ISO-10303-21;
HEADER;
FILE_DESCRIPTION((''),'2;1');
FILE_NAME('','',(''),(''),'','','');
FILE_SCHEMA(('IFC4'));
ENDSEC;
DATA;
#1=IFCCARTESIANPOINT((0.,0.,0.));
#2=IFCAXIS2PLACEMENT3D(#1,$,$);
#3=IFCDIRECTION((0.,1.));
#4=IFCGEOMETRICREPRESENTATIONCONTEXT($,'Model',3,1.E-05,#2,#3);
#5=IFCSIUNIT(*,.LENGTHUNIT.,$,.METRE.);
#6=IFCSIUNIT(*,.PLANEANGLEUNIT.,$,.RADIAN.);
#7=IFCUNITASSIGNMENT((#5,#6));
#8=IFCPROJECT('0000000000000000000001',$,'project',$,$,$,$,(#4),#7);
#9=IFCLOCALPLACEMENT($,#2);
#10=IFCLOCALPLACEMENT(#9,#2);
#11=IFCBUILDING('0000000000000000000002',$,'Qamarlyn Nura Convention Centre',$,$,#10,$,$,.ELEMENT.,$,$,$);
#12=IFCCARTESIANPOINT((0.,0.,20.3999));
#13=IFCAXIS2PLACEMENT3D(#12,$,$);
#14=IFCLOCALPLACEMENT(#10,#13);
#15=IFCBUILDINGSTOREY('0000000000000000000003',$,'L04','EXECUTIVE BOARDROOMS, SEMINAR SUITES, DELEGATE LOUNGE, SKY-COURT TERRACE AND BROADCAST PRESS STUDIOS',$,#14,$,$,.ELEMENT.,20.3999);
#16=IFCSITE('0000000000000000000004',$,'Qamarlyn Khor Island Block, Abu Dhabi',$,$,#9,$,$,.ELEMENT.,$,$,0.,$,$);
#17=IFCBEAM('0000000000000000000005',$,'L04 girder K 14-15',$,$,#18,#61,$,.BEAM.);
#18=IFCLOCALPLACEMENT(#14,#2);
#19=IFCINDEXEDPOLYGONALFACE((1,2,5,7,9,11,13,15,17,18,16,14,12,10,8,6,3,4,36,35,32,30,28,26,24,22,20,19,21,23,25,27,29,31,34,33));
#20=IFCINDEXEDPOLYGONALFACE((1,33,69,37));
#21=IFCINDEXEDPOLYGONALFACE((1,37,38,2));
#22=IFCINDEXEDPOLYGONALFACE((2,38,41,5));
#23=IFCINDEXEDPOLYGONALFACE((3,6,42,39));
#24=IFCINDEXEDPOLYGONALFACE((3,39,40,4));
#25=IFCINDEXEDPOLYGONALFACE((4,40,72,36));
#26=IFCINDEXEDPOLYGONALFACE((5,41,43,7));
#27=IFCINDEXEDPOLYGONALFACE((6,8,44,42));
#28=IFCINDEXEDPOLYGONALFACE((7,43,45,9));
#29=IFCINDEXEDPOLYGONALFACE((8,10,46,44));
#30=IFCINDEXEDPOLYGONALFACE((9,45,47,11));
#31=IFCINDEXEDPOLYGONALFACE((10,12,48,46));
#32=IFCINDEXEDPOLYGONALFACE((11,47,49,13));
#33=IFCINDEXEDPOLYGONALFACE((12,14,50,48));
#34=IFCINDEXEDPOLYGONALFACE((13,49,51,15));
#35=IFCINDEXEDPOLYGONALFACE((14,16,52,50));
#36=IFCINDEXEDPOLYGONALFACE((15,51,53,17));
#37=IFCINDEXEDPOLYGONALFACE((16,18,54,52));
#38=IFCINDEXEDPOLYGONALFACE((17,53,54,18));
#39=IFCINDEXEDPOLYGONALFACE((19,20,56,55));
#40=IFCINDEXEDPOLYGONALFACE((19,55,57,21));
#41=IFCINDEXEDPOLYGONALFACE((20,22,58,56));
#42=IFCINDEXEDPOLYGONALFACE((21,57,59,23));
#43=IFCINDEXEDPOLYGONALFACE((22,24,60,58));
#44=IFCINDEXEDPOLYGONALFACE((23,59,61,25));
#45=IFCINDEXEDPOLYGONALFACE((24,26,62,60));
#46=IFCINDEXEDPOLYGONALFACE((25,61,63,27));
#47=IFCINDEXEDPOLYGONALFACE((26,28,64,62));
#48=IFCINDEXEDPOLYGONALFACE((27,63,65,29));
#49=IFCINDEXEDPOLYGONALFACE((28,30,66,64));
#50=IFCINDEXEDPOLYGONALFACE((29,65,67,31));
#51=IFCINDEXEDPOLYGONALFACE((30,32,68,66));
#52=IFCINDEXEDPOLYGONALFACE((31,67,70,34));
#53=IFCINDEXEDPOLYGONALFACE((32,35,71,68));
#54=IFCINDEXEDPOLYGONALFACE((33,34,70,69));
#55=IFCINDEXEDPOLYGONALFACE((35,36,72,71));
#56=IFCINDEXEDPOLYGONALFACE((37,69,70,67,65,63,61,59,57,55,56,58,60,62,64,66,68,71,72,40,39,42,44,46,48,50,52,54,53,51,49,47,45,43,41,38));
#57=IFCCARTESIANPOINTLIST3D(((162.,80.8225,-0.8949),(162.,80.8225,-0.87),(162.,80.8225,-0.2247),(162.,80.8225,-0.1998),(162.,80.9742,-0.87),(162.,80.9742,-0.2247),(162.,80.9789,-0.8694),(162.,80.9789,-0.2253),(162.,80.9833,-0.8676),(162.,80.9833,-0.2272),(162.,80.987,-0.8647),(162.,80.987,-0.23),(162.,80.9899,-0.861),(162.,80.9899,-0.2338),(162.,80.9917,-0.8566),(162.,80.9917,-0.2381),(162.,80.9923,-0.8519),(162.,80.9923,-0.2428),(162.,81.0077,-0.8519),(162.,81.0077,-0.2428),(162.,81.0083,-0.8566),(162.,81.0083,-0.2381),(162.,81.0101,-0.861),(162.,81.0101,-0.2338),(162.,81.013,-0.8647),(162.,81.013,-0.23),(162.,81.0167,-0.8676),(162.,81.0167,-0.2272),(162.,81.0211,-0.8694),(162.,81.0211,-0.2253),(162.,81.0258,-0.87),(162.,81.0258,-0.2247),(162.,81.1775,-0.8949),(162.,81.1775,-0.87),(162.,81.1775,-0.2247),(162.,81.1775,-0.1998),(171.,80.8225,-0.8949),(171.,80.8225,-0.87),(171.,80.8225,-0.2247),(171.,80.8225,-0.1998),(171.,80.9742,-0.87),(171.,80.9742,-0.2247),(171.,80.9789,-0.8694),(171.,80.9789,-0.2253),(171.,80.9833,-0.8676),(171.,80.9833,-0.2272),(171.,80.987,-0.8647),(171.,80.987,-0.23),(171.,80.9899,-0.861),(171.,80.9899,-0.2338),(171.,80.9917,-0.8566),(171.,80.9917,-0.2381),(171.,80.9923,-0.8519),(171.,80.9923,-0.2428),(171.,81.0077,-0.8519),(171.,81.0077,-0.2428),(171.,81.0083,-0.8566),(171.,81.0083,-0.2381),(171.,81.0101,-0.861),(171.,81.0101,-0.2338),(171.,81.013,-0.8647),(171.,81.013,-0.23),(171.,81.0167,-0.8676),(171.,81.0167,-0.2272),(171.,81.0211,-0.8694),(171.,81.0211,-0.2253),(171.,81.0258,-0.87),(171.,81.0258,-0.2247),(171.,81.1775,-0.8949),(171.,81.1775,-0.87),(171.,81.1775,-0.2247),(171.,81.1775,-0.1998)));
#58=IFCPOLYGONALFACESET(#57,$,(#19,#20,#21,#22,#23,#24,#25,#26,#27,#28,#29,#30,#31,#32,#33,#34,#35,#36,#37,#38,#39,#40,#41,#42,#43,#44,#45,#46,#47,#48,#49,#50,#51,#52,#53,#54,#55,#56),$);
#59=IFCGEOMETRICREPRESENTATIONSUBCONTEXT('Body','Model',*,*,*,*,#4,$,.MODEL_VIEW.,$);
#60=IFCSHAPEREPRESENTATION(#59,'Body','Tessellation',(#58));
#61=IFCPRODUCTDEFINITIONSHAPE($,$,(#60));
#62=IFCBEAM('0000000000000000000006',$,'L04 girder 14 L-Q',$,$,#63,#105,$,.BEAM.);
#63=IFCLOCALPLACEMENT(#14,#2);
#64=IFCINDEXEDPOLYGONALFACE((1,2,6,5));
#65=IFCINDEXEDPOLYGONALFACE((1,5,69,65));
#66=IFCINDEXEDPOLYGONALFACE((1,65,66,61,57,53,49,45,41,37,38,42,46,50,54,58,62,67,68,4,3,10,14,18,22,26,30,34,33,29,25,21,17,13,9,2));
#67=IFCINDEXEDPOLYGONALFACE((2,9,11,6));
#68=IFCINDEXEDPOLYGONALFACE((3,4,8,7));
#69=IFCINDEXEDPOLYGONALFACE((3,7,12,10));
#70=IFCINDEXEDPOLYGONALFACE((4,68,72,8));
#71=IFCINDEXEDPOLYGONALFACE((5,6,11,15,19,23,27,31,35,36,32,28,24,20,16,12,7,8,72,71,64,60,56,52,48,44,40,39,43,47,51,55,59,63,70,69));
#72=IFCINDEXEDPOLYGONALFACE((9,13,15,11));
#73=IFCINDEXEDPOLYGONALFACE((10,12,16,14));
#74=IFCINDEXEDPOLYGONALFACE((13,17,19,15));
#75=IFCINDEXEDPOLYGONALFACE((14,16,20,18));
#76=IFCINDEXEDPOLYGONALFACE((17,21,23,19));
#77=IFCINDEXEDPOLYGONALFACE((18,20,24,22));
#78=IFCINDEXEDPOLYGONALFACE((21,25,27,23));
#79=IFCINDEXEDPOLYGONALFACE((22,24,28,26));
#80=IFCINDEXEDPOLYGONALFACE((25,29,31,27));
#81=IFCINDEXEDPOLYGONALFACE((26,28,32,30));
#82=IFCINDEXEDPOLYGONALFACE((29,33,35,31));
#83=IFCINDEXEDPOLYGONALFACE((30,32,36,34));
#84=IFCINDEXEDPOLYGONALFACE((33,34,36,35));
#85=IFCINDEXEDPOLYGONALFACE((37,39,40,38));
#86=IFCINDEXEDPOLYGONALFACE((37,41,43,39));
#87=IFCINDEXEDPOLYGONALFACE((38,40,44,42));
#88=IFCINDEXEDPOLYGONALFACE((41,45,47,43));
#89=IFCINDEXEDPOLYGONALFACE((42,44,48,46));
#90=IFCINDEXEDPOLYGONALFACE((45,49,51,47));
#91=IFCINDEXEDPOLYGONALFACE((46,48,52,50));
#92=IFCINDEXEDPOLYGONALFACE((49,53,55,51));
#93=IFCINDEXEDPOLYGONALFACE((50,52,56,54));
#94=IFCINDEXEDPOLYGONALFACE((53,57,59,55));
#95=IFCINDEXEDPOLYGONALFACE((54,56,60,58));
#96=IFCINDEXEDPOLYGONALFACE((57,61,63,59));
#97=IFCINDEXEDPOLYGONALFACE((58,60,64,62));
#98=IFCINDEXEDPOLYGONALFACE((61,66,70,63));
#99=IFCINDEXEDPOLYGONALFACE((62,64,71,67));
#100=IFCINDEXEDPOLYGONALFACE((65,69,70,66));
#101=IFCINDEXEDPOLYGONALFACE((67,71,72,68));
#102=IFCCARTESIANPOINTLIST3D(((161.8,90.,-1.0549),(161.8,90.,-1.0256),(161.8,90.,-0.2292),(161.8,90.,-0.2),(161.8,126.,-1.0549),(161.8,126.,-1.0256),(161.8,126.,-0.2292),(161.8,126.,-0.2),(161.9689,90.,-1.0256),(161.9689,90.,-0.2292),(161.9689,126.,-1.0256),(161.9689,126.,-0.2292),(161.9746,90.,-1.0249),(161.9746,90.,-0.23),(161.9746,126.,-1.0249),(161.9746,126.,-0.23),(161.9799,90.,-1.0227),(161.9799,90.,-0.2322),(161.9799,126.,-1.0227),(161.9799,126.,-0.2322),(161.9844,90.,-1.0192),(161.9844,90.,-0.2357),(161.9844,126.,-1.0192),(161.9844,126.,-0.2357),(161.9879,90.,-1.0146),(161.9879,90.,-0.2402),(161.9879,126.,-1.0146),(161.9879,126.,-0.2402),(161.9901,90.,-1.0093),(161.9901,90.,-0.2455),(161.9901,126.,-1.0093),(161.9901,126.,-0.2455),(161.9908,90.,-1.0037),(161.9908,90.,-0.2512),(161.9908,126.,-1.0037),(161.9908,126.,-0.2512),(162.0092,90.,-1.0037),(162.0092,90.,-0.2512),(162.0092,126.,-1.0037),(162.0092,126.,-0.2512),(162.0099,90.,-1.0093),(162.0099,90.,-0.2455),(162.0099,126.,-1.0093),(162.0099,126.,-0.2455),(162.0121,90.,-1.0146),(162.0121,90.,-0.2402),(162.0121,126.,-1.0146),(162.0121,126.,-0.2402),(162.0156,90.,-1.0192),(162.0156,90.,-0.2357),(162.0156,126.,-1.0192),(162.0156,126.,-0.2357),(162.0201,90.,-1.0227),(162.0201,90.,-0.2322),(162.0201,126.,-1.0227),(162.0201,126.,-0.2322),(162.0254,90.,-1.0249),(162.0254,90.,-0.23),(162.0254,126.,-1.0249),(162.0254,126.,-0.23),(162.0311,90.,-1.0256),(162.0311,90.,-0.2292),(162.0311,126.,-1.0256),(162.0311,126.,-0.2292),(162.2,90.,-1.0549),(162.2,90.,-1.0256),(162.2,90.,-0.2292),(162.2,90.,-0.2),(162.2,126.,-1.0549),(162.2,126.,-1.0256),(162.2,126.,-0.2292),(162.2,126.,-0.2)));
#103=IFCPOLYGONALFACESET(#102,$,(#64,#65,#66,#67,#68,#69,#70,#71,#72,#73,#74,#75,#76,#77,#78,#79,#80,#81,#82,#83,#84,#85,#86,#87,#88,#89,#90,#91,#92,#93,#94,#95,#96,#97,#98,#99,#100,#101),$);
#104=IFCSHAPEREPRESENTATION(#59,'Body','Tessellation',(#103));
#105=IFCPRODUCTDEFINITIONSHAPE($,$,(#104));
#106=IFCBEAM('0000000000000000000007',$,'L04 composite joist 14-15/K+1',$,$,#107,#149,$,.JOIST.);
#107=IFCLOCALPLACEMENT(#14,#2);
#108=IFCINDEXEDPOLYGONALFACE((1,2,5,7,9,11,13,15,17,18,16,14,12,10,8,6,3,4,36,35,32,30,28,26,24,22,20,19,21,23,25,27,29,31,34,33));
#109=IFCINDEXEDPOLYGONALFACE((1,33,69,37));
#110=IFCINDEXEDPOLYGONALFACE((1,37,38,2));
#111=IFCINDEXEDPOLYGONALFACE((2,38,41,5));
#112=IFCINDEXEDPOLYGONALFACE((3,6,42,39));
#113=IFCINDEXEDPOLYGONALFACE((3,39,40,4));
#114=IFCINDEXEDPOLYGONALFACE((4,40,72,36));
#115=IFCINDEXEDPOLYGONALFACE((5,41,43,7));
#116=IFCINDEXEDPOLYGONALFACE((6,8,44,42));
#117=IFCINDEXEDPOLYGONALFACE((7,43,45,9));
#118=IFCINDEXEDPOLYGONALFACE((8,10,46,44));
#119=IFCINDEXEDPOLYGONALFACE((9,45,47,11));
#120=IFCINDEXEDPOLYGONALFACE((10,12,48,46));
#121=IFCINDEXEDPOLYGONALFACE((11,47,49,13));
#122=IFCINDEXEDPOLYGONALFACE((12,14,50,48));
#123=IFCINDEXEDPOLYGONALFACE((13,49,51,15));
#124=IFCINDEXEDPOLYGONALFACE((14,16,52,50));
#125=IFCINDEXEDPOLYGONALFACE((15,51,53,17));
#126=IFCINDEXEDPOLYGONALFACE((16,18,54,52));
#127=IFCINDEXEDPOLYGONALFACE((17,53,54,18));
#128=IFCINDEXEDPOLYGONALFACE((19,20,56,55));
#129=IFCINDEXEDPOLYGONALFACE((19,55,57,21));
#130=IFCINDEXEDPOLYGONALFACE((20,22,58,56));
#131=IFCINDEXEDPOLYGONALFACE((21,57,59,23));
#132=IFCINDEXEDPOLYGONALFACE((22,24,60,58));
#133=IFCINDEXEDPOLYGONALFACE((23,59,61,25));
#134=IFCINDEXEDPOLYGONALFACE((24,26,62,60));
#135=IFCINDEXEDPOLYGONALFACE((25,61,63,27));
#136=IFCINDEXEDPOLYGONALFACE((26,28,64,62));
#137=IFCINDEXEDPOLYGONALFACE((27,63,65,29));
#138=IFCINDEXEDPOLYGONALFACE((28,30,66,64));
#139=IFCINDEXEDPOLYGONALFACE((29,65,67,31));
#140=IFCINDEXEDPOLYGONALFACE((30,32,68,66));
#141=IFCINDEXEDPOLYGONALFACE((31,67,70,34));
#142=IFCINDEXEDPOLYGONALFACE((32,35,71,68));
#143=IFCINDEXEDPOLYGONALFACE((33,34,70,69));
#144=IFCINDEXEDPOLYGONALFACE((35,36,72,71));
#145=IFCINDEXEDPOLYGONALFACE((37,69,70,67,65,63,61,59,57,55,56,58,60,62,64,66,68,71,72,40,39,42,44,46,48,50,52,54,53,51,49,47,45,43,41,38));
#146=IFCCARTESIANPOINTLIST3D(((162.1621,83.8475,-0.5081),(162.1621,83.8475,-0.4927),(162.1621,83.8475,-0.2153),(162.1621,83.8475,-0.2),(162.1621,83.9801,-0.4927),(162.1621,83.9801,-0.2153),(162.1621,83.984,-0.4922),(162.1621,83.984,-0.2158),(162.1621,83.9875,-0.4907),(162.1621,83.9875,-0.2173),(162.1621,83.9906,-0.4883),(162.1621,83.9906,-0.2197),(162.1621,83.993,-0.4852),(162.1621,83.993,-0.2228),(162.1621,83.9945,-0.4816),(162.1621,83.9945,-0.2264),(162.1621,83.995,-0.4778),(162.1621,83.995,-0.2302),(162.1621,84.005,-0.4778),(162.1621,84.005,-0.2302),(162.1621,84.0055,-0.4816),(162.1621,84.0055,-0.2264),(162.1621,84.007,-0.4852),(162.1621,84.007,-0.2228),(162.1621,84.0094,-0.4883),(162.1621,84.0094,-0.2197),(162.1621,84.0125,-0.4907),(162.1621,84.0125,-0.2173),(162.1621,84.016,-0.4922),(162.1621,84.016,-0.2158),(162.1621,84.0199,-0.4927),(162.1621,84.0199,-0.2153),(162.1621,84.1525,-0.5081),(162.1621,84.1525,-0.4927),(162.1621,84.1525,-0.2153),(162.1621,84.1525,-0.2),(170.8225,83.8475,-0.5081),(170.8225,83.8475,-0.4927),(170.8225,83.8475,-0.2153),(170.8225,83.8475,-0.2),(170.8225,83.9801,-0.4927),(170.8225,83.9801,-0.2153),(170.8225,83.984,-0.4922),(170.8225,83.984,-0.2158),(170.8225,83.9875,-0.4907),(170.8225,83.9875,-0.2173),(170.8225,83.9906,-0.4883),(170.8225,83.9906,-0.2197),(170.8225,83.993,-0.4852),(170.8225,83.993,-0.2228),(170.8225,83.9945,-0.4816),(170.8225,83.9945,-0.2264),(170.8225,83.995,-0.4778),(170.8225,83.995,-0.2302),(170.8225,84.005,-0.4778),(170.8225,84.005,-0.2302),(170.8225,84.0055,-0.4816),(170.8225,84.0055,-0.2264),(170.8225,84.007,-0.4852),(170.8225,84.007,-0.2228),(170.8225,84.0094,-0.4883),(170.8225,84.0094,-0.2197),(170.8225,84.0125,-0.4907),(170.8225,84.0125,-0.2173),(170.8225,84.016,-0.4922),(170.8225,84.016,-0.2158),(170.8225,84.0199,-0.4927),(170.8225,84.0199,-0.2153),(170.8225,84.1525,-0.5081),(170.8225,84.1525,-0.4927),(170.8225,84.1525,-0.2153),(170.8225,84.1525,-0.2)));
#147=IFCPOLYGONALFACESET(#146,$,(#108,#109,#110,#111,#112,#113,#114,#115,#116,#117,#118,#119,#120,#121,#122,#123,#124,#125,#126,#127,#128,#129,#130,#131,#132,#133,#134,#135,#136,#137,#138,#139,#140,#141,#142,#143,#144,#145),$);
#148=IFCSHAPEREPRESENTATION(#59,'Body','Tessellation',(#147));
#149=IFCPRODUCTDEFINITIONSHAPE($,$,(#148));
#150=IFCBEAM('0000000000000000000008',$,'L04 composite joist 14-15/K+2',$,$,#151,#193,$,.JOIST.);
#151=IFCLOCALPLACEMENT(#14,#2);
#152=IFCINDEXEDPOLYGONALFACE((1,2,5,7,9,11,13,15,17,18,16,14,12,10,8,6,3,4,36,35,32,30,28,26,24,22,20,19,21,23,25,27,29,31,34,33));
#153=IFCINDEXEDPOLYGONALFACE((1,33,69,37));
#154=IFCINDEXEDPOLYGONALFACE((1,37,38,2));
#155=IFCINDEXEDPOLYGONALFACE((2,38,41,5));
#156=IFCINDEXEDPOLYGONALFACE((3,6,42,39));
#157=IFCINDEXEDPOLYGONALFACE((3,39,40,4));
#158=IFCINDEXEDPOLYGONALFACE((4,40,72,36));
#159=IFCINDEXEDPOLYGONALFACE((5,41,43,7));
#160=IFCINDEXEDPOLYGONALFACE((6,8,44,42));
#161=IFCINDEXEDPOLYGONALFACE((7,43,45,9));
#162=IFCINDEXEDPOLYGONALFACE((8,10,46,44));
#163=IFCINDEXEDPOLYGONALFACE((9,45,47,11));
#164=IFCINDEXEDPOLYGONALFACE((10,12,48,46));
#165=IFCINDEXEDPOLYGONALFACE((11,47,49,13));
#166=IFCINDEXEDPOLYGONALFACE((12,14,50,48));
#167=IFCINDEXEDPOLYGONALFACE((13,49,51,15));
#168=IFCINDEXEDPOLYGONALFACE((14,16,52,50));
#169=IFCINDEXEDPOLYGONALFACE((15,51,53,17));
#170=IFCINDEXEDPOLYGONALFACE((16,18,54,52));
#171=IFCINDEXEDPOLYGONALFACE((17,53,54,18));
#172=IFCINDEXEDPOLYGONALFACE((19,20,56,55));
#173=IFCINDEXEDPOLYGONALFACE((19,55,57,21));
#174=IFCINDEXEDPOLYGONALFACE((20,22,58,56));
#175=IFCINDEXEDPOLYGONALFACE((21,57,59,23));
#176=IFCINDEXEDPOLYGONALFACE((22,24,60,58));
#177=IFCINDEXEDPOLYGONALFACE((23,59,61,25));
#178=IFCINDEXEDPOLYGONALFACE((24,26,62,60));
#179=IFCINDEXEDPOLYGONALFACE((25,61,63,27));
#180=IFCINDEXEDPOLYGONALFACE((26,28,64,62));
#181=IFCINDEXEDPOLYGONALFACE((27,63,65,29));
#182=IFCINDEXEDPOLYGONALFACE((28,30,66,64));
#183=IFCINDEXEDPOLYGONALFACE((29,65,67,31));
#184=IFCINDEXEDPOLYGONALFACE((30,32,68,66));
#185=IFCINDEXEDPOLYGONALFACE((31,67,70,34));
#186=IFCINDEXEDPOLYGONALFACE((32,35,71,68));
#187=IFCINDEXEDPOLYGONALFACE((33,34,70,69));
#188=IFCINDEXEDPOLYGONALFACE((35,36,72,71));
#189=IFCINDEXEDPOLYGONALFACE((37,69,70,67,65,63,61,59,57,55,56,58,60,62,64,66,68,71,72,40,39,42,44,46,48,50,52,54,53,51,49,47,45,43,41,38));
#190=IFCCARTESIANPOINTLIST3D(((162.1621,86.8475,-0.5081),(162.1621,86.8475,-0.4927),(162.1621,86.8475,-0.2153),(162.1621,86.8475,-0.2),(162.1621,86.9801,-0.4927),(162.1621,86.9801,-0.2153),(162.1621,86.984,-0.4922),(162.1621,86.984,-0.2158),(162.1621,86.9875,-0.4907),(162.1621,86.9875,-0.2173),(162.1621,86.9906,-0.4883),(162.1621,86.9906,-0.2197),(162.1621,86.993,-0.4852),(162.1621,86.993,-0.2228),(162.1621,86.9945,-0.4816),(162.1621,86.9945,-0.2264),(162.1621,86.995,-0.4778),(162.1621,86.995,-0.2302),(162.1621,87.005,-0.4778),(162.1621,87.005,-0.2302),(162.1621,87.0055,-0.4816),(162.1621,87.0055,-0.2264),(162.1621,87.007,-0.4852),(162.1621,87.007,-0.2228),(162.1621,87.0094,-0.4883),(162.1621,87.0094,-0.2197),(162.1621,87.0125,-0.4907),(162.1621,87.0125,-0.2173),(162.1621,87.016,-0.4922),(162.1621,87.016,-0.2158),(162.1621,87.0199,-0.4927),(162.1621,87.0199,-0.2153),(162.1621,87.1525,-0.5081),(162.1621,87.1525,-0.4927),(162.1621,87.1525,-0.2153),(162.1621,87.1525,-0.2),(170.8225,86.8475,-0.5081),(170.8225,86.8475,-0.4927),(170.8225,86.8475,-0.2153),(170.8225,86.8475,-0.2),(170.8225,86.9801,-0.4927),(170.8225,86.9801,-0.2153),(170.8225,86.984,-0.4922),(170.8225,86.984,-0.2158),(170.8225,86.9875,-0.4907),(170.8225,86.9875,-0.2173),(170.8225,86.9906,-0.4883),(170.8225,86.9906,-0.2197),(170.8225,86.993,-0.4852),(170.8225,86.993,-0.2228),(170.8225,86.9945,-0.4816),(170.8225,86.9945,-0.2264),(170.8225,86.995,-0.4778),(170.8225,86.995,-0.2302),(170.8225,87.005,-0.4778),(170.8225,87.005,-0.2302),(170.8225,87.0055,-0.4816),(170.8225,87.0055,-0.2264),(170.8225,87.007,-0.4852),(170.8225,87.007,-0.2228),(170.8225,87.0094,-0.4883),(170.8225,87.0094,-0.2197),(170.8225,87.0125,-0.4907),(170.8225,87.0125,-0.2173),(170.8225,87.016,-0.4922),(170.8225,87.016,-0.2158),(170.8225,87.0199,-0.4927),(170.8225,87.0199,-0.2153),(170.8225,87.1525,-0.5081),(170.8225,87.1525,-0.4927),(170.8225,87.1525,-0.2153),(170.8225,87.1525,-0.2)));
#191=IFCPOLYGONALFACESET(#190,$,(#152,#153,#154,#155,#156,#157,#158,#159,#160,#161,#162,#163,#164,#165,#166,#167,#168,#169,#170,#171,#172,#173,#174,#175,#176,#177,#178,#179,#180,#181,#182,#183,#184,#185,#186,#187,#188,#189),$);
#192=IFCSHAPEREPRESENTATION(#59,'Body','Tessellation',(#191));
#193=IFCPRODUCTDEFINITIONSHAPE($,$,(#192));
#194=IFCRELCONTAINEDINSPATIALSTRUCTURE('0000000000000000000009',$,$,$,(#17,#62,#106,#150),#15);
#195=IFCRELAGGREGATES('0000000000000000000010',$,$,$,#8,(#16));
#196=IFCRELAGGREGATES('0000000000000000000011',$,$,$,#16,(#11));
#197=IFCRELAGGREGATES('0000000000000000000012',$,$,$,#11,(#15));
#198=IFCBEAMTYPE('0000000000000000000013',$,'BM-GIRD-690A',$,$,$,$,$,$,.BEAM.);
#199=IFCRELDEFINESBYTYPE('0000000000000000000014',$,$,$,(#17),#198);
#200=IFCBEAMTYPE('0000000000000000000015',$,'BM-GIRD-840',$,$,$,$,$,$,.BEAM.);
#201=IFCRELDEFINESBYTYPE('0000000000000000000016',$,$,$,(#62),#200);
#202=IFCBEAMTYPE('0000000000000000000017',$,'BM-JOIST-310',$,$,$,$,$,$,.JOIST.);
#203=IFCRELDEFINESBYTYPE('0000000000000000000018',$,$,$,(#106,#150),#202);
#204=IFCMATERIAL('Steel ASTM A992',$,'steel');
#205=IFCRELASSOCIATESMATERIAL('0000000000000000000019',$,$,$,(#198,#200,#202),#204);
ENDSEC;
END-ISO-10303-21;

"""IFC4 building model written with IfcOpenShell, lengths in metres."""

from ifc_helpers import new_model, si_unit, direction, frame, origin, origin_2d, place, context, subcontext, project, spatial, i_section, extrude, material, material_profile, profile_set, type_object, element, save


model = new_model("IFC4")

# Units and contexts
model_context = context("Model", 3, precision=1e-05, world=origin(), true_north=direction((0.0, 1.0)))
body_context = subcontext(model_context, "Body", "Model", "MODEL_VIEW")
ifc_project = project(units=[si_unit("LENGTHUNIT", "METRE"), si_unit("PLANEANGLEUNIT", "RADIAN")], contexts=[model_context])

# Site, building, storey
site_placement = place(None, origin())
site = spatial("IfcSite", under=ifc_project, at=site_placement, Name="Qamarlyn Khor Island Block, Abu Dhabi", CompositionType="ELEMENT", RefElevation=0.0)
building_placement = place(site_placement, origin())
building = spatial("IfcBuilding", under=site, at=building_placement, Name="Qamarlyn Nura Convention Centre", CompositionType="ELEMENT")
storey_placement = place(building_placement, frame((0.0, 0.0, 20.3999)))
storey = spatial("IfcBuildingStorey", under=building, at=storey_placement, Name="L04", Description="EXECUTIVE BOARDROOMS, SEMINAR SUITES, DELEGATE LOUNGE, SKY-COURT TERRACE AND BROADCAST PRESS STUDIOS", CompositionType="ELEMENT", Elevation=20.3999)

# Shared definitions
ifc_material_1 = material(Name="Steel ASTM A992", Category="steel")

# Beams
ifc_material_profile_1 = material_profile(ifc_material_1, i_section(OverallWidth=0.355, OverallDepth=0.6951, WebThickness=0.0154, FlangeThickness=0.0249, FilletRadius=0.0181, at=origin_2d()), Name="W690X217")
ifc_profile_set_1 = profile_set([ifc_material_profile_1], Name="Steel ASTM A992")
beam_type_1 = type_object("IfcBeamType", Name="BM-GIRD-690A", PredefinedType="BEAM", material=ifc_profile_set_1)
beam_1_placement = place(storey_placement, frame((162.0, 81.0, -0.5474), z_axis=(1.0, 0.0, 0.0), x_axis=(0.0, 1.0, 0.0)))
element("IfcBeam", 1, at=beam_1_placement, inside=storey, type_object=beam_type_1, Name="L04 girder K 14-15", PredefinedType="BEAM", context=body_context, shape_type="SweptSolid", body=[
    extrude(i_section(OverallWidth=0.355, OverallDepth=0.6951, WebThickness=0.0154, FlangeThickness=0.0249, FilletRadius=0.0181, at=origin_2d()), origin(), (0.0, 0.0, 1.0), 9.0),
])
ifc_material_profile_2 = material_profile(ifc_material_1, i_section(OverallWidth=0.3999, OverallDepth=0.855, WebThickness=0.0183, FlangeThickness=0.0293, FilletRadius=0.022, at=origin_2d()), Name="W840X299")
ifc_profile_set_2 = profile_set([ifc_material_profile_2], Name="Steel ASTM A992")
beam_type_2 = type_object("IfcBeamType", Name="BM-GIRD-840", PredefinedType="BEAM", material=ifc_profile_set_2)
beam_2_placement = place(storey_placement, frame((162.0, 90.0, -0.6274), z_axis=(0.0, 1.0, 0.0), x_axis=(-1.0, 0.0, 0.0)))
element("IfcBeam", 2, at=beam_2_placement, inside=storey, type_object=beam_type_2, Name="L04 girder 14 L-Q", PredefinedType="BEAM", context=body_context, shape_type="SweptSolid", body=[
    extrude(i_section(OverallWidth=0.3999, OverallDepth=0.855, WebThickness=0.0183, FlangeThickness=0.0293, FilletRadius=0.022, at=origin_2d()), origin(), (0.0, 0.0, 1.0), 36.0),
])
ifc_material_profile_3 = material_profile(ifc_material_1, i_section(OverallWidth=0.3049, OverallDepth=0.3081, WebThickness=0.01, FlangeThickness=0.0154, FilletRadius=0.0149, at=origin_2d()), Name="W310X97")
ifc_profile_set_3 = profile_set([ifc_material_profile_3], Name="Steel ASTM A992")
beam_type_3 = type_object("IfcBeamType", Name="BM-JOIST-310", PredefinedType="JOIST", material=ifc_profile_set_3)
for number, where, z_axis, x_axis, name in (
    (3, (162.1621, 84.0, -0.354), (1.0, 0.0, 0.0), (0.0, 1.0, 0.0), "L04 composite joist 14-15/K+1"),
    (4, (162.1621, 87.0, -0.354), (1.0, 0.0, 0.0), (0.0, 1.0, 0.0), "L04 composite joist 14-15/K+2"),
):
    element("IfcBeam", number, at=place(storey_placement, frame(where, z_axis=z_axis, x_axis=x_axis)), inside=storey, type_object=beam_type_3, Name=name, PredefinedType="JOIST", context=body_context, shape_type="SweptSolid", body=[
        extrude(i_section(OverallWidth=0.3049, OverallDepth=0.3081, WebThickness=0.01, FlangeThickness=0.0154, FilletRadius=0.0149, at=origin_2d()), origin(), (0.0, 0.0, 1.0), 8.6604),
    ])

save(model, "model.ifc")
